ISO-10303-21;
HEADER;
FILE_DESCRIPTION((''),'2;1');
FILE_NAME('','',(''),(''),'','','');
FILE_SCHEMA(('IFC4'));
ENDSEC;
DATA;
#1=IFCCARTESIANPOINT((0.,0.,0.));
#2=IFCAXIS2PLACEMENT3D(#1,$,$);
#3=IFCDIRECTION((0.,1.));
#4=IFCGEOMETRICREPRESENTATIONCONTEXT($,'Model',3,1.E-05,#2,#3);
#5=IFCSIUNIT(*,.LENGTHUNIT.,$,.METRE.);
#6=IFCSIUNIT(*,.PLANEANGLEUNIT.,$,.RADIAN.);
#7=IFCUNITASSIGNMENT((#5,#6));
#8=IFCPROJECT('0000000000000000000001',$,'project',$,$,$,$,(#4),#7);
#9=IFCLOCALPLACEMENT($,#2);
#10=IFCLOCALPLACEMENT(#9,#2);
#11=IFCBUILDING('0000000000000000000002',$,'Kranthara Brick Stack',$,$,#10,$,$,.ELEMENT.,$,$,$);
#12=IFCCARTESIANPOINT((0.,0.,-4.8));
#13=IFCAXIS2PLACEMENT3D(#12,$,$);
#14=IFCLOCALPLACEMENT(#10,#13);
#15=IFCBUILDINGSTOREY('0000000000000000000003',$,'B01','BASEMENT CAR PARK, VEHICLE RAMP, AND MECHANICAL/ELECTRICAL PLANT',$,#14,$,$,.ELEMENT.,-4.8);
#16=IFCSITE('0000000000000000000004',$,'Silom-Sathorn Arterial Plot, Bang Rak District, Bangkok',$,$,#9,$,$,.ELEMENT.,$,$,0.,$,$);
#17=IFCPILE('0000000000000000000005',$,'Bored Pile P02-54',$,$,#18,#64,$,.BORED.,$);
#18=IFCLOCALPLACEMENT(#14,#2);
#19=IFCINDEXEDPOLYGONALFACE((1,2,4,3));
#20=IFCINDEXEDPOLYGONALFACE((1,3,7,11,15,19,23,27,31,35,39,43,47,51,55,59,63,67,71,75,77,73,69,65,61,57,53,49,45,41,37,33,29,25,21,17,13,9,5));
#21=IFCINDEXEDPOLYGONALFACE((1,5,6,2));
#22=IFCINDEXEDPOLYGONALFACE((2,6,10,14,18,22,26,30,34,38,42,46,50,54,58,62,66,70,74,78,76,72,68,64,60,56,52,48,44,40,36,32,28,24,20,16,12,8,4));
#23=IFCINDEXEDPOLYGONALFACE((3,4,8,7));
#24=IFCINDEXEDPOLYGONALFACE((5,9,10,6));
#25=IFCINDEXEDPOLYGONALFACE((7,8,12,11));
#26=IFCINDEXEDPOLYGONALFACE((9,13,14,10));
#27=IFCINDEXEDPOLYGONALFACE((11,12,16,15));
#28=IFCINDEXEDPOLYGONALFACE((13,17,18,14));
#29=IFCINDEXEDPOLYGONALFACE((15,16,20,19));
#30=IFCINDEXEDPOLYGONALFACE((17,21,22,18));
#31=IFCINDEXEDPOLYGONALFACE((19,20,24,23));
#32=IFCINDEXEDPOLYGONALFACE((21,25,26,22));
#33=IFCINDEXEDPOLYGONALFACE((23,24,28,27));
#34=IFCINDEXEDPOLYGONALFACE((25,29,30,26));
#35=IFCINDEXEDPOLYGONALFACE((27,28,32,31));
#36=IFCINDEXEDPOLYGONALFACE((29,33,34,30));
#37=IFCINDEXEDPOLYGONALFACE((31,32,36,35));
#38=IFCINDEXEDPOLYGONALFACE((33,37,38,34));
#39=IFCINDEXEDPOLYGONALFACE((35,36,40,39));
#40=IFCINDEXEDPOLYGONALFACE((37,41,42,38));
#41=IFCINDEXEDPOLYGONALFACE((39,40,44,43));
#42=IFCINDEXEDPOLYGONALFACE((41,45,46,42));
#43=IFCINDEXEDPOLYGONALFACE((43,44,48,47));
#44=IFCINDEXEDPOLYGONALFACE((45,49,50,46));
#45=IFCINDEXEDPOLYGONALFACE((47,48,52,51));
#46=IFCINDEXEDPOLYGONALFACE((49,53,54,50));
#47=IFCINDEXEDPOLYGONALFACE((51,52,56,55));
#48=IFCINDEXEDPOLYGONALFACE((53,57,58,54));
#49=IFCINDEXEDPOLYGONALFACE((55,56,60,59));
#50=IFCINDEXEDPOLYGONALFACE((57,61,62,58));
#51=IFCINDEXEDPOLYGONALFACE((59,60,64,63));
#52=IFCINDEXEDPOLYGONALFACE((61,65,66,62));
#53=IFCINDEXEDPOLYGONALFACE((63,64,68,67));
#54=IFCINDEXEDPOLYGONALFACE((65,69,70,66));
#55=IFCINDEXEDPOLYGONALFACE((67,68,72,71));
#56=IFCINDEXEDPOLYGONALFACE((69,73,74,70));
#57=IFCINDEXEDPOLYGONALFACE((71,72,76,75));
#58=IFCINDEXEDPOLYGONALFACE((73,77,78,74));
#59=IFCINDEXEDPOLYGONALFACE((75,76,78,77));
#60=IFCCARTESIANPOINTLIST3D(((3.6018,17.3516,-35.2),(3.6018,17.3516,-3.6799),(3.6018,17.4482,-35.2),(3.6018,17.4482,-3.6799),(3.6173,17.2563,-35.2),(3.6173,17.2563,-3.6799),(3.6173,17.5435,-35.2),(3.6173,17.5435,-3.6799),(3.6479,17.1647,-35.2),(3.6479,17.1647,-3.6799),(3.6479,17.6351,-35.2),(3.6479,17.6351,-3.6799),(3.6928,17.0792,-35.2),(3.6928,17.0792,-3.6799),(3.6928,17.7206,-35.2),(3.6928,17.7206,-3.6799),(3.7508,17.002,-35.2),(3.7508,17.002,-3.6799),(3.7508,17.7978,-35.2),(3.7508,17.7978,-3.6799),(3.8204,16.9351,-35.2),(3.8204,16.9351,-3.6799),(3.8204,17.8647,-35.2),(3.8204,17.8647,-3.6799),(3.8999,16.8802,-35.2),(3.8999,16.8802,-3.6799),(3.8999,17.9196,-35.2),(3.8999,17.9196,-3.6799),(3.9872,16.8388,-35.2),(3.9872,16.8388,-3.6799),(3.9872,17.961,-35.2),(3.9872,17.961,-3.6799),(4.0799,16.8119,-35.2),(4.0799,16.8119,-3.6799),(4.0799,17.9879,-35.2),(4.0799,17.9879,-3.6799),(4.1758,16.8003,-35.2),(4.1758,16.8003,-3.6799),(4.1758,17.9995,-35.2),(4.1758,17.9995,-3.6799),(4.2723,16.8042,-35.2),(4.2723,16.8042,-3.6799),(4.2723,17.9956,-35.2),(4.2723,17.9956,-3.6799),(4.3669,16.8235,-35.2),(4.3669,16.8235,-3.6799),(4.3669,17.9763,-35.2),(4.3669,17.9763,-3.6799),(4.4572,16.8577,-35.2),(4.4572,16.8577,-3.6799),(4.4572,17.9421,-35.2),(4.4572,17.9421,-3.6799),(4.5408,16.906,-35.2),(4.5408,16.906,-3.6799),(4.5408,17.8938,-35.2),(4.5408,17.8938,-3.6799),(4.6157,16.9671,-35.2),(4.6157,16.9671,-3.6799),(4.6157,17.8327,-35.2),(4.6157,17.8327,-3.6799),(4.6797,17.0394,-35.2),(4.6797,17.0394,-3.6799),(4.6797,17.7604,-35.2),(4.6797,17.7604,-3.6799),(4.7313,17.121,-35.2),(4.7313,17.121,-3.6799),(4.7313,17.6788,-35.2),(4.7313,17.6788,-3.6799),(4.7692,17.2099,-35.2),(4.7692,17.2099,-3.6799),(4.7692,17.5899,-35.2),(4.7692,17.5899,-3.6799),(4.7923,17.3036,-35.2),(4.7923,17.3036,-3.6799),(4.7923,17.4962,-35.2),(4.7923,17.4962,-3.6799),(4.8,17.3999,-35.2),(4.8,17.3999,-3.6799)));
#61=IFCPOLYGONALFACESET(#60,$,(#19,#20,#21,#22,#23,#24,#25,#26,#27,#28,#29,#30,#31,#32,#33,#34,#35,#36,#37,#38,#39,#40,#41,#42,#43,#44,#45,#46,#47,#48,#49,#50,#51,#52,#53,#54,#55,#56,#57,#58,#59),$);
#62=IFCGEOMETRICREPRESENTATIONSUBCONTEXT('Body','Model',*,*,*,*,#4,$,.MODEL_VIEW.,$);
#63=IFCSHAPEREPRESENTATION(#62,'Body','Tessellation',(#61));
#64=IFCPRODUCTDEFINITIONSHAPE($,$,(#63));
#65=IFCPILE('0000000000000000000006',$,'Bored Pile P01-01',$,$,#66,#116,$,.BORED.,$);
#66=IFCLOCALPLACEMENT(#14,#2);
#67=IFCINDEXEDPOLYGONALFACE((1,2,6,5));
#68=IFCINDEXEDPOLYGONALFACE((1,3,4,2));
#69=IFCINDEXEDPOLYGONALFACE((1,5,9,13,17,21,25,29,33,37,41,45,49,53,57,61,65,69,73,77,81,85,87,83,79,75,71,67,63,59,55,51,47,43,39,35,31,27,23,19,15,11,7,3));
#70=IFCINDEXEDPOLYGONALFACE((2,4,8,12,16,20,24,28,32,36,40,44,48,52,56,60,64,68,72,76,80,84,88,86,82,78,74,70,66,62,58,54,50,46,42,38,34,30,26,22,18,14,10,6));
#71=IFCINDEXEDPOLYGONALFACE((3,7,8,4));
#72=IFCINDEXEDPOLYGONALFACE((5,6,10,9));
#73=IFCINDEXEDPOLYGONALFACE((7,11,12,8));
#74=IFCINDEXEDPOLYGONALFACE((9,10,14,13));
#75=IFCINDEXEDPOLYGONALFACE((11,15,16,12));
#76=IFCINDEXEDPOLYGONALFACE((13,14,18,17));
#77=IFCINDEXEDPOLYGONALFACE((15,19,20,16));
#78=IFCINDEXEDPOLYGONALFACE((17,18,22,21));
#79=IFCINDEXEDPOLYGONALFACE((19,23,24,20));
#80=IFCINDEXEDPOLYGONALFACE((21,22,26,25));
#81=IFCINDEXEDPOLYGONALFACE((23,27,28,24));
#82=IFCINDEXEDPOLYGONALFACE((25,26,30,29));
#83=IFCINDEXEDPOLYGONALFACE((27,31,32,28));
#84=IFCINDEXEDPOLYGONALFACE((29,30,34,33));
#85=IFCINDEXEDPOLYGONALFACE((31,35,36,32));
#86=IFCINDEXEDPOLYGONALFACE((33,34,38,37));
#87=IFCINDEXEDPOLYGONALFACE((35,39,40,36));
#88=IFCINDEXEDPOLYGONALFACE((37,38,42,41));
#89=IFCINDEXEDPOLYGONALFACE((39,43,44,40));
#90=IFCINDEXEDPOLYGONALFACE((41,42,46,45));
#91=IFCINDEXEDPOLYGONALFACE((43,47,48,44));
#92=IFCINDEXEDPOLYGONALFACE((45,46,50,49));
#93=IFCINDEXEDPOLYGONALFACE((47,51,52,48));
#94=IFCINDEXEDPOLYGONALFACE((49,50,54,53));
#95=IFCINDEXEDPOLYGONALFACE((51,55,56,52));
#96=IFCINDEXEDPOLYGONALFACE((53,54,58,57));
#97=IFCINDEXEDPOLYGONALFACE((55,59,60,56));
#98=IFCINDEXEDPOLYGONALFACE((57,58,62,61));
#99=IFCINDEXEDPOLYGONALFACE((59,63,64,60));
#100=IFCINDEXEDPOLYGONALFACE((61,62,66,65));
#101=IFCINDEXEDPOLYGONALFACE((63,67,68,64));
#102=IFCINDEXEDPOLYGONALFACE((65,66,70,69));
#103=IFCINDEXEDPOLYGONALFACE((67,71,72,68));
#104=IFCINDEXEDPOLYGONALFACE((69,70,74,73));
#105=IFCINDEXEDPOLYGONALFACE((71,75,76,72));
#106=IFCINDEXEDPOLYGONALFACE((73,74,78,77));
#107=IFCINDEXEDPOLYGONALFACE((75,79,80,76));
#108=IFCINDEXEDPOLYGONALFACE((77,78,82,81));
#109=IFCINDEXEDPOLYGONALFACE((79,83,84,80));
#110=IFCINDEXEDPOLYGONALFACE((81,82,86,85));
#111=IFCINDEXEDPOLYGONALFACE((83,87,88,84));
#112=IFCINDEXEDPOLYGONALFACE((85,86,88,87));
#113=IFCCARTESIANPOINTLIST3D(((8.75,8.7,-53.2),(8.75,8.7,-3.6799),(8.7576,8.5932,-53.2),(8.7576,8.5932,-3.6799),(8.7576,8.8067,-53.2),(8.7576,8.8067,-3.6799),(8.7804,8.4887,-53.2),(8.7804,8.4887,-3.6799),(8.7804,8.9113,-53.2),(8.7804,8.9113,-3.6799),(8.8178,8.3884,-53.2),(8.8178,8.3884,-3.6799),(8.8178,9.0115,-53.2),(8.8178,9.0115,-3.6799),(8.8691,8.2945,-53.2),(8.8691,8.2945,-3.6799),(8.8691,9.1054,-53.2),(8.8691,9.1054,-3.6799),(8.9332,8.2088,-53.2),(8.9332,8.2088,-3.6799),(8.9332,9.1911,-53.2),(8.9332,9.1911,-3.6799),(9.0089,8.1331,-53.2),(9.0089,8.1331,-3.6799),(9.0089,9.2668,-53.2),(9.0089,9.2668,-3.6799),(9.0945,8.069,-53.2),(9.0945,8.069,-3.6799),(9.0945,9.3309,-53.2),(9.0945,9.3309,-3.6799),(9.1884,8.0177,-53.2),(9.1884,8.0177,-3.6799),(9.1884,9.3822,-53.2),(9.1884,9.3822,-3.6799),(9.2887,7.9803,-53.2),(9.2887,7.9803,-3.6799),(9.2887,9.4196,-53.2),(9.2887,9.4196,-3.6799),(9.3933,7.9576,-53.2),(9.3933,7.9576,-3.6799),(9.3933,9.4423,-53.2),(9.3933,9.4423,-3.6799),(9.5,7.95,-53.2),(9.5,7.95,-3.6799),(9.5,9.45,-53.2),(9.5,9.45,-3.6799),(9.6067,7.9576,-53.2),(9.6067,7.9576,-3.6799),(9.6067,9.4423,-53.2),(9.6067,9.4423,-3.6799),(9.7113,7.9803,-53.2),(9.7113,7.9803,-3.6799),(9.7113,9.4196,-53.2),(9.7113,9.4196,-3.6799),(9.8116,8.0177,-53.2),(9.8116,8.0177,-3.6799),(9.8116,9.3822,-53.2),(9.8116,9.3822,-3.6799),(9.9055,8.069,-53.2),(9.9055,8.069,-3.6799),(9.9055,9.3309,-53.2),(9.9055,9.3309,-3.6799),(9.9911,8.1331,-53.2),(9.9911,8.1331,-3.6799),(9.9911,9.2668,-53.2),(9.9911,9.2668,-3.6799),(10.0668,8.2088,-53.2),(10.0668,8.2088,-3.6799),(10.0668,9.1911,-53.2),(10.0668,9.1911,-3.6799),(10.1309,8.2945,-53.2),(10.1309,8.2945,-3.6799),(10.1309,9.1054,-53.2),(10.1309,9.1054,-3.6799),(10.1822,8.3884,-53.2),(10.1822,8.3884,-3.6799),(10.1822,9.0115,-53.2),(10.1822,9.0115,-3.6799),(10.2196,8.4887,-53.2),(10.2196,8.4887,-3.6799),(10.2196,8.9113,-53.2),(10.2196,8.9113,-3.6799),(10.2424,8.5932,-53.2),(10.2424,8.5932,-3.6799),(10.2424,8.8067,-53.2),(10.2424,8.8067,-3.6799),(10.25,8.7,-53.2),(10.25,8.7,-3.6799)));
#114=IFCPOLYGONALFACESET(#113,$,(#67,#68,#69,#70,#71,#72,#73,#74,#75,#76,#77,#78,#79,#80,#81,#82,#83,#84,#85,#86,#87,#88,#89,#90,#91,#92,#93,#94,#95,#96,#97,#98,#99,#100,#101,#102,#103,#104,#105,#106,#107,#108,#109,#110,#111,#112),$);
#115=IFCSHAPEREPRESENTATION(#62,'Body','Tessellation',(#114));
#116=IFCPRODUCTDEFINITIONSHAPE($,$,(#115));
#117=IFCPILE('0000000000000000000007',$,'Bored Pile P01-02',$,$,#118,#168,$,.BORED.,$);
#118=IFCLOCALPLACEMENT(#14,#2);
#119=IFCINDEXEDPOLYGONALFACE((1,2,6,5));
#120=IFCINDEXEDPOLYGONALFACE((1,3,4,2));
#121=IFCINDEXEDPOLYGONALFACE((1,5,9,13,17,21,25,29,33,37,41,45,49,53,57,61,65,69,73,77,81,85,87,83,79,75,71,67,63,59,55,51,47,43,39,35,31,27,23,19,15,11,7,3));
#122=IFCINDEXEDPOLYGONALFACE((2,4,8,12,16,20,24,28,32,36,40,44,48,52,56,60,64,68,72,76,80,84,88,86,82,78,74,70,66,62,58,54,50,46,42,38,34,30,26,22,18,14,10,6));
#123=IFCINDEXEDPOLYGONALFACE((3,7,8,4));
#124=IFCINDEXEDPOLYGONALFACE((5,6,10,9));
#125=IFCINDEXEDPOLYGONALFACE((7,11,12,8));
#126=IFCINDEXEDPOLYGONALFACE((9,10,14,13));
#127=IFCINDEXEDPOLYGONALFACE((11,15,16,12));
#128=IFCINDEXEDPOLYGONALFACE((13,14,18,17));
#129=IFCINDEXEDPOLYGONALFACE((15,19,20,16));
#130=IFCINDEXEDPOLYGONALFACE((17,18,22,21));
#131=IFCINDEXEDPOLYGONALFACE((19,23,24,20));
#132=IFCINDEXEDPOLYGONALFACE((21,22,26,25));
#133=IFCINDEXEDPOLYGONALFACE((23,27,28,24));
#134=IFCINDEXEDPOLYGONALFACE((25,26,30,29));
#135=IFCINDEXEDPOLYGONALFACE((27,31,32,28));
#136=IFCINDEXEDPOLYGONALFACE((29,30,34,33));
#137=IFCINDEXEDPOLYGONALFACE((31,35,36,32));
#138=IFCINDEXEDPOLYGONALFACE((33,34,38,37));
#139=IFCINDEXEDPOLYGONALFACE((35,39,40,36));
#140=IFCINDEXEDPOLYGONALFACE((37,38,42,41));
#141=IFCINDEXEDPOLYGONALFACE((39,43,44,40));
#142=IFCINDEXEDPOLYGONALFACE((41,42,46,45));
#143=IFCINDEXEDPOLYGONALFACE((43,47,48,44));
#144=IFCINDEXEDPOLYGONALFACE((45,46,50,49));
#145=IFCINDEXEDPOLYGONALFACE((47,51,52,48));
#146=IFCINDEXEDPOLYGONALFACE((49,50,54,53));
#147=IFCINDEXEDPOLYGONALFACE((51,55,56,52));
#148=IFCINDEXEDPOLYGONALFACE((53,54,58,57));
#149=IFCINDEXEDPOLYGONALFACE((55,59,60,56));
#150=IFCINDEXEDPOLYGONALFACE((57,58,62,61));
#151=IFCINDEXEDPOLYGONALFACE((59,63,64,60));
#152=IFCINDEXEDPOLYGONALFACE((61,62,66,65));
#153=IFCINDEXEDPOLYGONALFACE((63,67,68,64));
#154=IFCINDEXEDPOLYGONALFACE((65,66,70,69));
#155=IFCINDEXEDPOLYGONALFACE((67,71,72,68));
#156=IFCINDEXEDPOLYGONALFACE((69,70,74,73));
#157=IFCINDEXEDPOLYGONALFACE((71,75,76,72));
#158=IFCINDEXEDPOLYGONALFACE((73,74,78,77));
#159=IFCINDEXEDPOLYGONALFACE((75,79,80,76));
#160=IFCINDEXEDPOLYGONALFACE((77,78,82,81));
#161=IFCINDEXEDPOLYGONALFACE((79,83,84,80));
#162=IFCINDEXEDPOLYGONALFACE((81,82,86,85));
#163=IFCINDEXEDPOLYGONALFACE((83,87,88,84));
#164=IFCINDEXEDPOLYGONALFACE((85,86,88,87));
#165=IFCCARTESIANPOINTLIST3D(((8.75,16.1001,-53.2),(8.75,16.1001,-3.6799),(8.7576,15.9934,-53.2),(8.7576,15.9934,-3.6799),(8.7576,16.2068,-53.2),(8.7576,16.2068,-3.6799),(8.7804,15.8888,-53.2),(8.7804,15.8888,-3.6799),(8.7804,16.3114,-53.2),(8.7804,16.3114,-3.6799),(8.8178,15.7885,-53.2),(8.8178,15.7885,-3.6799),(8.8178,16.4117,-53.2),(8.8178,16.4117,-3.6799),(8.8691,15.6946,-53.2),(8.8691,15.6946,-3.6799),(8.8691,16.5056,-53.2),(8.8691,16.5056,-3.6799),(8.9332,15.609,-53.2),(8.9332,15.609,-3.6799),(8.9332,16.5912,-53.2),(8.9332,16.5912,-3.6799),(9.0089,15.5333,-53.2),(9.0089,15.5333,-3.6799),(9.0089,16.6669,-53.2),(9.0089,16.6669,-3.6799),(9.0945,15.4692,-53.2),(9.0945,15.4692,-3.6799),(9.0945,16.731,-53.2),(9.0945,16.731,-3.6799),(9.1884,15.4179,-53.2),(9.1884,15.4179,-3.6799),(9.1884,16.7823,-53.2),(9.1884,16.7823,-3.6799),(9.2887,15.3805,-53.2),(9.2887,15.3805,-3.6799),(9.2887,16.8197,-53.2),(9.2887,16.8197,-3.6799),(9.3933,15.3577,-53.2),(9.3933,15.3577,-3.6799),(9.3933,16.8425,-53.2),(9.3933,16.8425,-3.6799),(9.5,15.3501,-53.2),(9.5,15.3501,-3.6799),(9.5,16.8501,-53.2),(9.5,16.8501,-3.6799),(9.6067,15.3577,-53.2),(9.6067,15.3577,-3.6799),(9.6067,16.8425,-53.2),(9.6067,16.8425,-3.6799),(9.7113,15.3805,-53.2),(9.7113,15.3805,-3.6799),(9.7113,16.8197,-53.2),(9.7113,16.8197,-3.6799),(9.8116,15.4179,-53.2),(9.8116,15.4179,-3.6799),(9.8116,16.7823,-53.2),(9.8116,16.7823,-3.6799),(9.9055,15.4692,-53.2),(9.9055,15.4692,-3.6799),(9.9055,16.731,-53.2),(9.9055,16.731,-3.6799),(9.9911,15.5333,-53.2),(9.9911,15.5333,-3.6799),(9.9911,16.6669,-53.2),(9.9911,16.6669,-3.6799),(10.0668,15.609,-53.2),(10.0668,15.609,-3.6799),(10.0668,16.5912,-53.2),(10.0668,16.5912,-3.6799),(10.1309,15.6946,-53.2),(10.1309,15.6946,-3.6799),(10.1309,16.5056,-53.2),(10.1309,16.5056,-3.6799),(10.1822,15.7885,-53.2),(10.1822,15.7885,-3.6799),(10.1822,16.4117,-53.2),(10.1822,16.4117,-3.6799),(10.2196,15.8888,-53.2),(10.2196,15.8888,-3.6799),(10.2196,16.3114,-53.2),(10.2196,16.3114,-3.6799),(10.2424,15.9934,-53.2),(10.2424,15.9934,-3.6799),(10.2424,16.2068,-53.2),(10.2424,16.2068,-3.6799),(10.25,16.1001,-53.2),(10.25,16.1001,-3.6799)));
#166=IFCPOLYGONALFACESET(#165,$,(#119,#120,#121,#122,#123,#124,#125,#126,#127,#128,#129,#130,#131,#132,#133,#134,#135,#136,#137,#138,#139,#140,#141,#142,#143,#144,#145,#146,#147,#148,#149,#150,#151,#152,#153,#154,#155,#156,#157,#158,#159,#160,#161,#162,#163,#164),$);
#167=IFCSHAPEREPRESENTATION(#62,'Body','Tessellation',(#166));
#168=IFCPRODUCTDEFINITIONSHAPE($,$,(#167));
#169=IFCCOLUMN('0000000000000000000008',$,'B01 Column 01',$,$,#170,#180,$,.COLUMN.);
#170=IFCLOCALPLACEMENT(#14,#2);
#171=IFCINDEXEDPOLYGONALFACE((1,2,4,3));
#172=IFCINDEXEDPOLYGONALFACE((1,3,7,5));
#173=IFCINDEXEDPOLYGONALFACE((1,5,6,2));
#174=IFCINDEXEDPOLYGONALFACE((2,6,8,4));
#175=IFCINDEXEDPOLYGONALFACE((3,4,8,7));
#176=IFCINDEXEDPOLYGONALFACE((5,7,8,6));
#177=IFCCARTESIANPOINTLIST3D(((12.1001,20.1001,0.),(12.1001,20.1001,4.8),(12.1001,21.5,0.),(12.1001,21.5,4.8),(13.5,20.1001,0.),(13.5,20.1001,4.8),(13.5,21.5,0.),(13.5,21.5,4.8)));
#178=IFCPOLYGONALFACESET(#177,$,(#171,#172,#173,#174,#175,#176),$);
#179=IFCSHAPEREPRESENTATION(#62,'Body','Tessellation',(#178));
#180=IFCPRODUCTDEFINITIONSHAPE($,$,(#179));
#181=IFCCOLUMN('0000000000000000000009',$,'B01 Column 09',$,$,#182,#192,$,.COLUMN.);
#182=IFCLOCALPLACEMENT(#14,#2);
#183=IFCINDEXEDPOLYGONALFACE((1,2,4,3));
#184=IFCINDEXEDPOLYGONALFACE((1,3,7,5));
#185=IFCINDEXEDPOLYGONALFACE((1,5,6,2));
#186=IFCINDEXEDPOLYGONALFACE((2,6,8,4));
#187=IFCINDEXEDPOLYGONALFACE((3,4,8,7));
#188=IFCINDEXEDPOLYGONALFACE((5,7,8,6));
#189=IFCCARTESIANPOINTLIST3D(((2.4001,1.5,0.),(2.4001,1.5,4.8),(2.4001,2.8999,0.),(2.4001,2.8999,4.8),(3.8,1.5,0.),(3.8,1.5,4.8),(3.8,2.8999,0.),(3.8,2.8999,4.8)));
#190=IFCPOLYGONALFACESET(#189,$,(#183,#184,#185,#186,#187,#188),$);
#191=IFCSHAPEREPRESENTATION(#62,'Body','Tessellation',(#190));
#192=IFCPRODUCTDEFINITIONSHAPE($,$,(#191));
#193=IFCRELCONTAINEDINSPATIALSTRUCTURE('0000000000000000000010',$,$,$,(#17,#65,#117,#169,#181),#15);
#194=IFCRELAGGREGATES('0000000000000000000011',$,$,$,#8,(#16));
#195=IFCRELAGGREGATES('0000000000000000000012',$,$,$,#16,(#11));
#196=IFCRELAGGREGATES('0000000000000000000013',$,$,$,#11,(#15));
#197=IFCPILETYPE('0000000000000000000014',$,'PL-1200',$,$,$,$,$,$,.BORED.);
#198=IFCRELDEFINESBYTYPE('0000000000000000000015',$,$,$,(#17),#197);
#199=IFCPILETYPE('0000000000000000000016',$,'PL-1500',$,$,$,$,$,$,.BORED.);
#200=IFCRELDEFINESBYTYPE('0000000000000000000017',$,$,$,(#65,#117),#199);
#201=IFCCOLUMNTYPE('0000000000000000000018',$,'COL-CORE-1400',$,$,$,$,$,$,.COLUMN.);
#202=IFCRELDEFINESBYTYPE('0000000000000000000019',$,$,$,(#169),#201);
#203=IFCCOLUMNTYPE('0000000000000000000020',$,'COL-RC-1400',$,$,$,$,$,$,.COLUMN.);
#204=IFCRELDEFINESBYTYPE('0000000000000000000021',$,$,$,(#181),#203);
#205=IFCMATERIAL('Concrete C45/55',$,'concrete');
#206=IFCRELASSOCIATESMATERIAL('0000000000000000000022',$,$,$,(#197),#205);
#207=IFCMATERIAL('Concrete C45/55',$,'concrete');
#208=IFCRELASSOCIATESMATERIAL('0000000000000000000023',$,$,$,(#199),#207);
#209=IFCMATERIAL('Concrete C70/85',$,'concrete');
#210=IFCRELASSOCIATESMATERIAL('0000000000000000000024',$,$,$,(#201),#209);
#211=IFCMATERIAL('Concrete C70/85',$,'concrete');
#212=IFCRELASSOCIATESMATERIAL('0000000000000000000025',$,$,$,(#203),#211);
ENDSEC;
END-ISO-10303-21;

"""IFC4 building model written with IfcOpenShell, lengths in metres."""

from ifc_helpers import new_model, si_unit, direction, frame, origin, origin_2d, place, context, subcontext, project, spatial, rectangle, circle, extrude, material, material_profile, profile_set, type_object, element, save


model = new_model("IFC4")

# Units and contexts
model_context = context("Model", 3, precision=1e-05, world=origin(), true_north=direction((0.0, 1.0)))
body_context = subcontext(model_context, "Body", "Model", "MODEL_VIEW")
ifc_project = project(units=[si_unit("LENGTHUNIT", "METRE"), si_unit("PLANEANGLEUNIT", "RADIAN")], contexts=[model_context])

# Site, building, storey
site_placement = place(None, origin())
site = spatial("IfcSite", under=ifc_project, at=site_placement, Name="Silom-Sathorn Arterial Plot, Bang Rak District, Bangkok", CompositionType="ELEMENT", RefElevation=0.0)
building_placement = place(site_placement, origin())
building = spatial("IfcBuilding", under=site, at=building_placement, Name="Kranthara Brick Stack", CompositionType="ELEMENT")
storey_placement = place(building_placement, frame((0.0, 0.0, -4.8)))
storey = spatial("IfcBuildingStorey", under=building, at=storey_placement, Name="B01", Description="BASEMENT CAR PARK, VEHICLE RAMP, AND MECHANICAL/ELECTRICAL PLANT", CompositionType="ELEMENT", Elevation=-4.8)

# Piles
ifc_material_1 = material(Name="Concrete C45/55", Category="concrete")
ifc_material_profile_1 = material_profile(ifc_material_1, circle(Radius=0.6001, at=origin_2d()), Name="BORED PILE 1200")
ifc_profile_set_1 = profile_set([ifc_material_profile_1], Name="Concrete C45/55")
pile_type_1 = type_object("IfcPileType", Name="PL-1200", PredefinedType="BORED", material=ifc_profile_set_1)
for number, where, z_axis, x_axis, name in (
    (1, (4.2, 17.3999, -3.6799), (0.0, 0.0, -1.0), (1.0, 0.0, 0.0), "Bored Pile P02-54"),
):
    element("IfcPile", number, at=place(storey_placement, frame(where, z_axis=z_axis, x_axis=x_axis)), inside=storey, type_object=pile_type_1, Name=name, PredefinedType="BORED", context=body_context, shape_type="SweptSolid", body=[
        extrude(circle(Radius=0.6001, at=origin_2d()), origin(), (0.0, 0.0, 1.0), 31.52),
    ])
ifc_material_2 = material(Name="Concrete C45/55", Category="concrete")
ifc_material_profile_2 = material_profile(ifc_material_2, circle(Radius=0.75, at=origin_2d()), Name="BORED PILE 1500")
ifc_profile_set_2 = profile_set([ifc_material_profile_2], Name="Concrete C45/55")
pile_type_2 = type_object("IfcPileType", Name="PL-1500", PredefinedType="BORED", material=ifc_profile_set_2)
for number, where, z_axis, x_axis, name in (
    (2, (9.5, 8.7, -3.6799), (0.0, 0.0, -1.0), (1.0, 0.0, 0.0), "Bored Pile P01-01"),
    (3, (9.5, 16.1001, -3.6799), (0.0, 0.0, -1.0), (1.0, 0.0, 0.0), "Bored Pile P01-02"),
):
    element("IfcPile", number, at=place(storey_placement, frame(where, z_axis=z_axis, x_axis=x_axis)), inside=storey, type_object=pile_type_2, Name=name, PredefinedType="BORED", context=body_context, shape_type="SweptSolid", body=[
        extrude(circle(Radius=0.75, at=origin_2d()), origin(), (0.0, 0.0, 1.0), 49.52),
    ])

# Columns
ifc_material_3 = material(Name="Concrete C70/85", Category="concrete")
ifc_material_profile_3 = material_profile(ifc_material_3, rectangle(XDim=1.3999, YDim=1.3999, at=origin_2d()), Name="RC 1400x1400")
ifc_profile_set_3 = profile_set([ifc_material_profile_3], Name="Concrete C70/85")
column_type_1 = type_object("IfcColumnType", Name="COL-CORE-1400", PredefinedType="COLUMN", material=ifc_profile_set_3)
column_placement = place(storey_placement, frame((12.8, 20.8, 0.0), z_axis=(0.0, 0.0, 1.0), x_axis=(1.0, 0.0, 0.0)))
element("IfcColumn", 4, at=column_placement, inside=storey, type_object=column_type_1, Name="B01 Column 01", PredefinedType="COLUMN", context=body_context, shape_type="SweptSolid", body=[
    extrude(rectangle(XDim=1.3999, YDim=1.3999, at=origin_2d()), origin(), (0.0, 0.0, 1.0), 4.8),
])
ifc_material_4 = material(Name="Concrete C70/85", Category="concrete")
ifc_material_profile_4 = material_profile(ifc_material_4, rectangle(XDim=1.3999, YDim=1.3999, at=origin_2d()), Name="RC 1400x1400")
ifc_profile_set_4 = profile_set([ifc_material_profile_4], Name="Concrete C70/85")
column_type_2 = type_object("IfcColumnType", Name="COL-RC-1400", PredefinedType="COLUMN", material=ifc_profile_set_4)
for number, where, z_axis, x_axis, name in (
    (5, (3.1001, 2.2, 0.0), (0.0, 0.0, 1.0), (1.0, 0.0, 0.0), "B01 Column 09"),
):
    element("IfcColumn", number, at=place(storey_placement, frame(where, z_axis=z_axis, x_axis=x_axis)), inside=storey, type_object=column_type_2, Name=name, PredefinedType="COLUMN", context=body_context, shape_type="SweptSolid", body=[
        extrude(rectangle(XDim=1.3999, YDim=1.3999, at=origin_2d()), origin(), (0.0, 0.0, 1.0), 4.8),
    ])

save(model, "model.ifc")
